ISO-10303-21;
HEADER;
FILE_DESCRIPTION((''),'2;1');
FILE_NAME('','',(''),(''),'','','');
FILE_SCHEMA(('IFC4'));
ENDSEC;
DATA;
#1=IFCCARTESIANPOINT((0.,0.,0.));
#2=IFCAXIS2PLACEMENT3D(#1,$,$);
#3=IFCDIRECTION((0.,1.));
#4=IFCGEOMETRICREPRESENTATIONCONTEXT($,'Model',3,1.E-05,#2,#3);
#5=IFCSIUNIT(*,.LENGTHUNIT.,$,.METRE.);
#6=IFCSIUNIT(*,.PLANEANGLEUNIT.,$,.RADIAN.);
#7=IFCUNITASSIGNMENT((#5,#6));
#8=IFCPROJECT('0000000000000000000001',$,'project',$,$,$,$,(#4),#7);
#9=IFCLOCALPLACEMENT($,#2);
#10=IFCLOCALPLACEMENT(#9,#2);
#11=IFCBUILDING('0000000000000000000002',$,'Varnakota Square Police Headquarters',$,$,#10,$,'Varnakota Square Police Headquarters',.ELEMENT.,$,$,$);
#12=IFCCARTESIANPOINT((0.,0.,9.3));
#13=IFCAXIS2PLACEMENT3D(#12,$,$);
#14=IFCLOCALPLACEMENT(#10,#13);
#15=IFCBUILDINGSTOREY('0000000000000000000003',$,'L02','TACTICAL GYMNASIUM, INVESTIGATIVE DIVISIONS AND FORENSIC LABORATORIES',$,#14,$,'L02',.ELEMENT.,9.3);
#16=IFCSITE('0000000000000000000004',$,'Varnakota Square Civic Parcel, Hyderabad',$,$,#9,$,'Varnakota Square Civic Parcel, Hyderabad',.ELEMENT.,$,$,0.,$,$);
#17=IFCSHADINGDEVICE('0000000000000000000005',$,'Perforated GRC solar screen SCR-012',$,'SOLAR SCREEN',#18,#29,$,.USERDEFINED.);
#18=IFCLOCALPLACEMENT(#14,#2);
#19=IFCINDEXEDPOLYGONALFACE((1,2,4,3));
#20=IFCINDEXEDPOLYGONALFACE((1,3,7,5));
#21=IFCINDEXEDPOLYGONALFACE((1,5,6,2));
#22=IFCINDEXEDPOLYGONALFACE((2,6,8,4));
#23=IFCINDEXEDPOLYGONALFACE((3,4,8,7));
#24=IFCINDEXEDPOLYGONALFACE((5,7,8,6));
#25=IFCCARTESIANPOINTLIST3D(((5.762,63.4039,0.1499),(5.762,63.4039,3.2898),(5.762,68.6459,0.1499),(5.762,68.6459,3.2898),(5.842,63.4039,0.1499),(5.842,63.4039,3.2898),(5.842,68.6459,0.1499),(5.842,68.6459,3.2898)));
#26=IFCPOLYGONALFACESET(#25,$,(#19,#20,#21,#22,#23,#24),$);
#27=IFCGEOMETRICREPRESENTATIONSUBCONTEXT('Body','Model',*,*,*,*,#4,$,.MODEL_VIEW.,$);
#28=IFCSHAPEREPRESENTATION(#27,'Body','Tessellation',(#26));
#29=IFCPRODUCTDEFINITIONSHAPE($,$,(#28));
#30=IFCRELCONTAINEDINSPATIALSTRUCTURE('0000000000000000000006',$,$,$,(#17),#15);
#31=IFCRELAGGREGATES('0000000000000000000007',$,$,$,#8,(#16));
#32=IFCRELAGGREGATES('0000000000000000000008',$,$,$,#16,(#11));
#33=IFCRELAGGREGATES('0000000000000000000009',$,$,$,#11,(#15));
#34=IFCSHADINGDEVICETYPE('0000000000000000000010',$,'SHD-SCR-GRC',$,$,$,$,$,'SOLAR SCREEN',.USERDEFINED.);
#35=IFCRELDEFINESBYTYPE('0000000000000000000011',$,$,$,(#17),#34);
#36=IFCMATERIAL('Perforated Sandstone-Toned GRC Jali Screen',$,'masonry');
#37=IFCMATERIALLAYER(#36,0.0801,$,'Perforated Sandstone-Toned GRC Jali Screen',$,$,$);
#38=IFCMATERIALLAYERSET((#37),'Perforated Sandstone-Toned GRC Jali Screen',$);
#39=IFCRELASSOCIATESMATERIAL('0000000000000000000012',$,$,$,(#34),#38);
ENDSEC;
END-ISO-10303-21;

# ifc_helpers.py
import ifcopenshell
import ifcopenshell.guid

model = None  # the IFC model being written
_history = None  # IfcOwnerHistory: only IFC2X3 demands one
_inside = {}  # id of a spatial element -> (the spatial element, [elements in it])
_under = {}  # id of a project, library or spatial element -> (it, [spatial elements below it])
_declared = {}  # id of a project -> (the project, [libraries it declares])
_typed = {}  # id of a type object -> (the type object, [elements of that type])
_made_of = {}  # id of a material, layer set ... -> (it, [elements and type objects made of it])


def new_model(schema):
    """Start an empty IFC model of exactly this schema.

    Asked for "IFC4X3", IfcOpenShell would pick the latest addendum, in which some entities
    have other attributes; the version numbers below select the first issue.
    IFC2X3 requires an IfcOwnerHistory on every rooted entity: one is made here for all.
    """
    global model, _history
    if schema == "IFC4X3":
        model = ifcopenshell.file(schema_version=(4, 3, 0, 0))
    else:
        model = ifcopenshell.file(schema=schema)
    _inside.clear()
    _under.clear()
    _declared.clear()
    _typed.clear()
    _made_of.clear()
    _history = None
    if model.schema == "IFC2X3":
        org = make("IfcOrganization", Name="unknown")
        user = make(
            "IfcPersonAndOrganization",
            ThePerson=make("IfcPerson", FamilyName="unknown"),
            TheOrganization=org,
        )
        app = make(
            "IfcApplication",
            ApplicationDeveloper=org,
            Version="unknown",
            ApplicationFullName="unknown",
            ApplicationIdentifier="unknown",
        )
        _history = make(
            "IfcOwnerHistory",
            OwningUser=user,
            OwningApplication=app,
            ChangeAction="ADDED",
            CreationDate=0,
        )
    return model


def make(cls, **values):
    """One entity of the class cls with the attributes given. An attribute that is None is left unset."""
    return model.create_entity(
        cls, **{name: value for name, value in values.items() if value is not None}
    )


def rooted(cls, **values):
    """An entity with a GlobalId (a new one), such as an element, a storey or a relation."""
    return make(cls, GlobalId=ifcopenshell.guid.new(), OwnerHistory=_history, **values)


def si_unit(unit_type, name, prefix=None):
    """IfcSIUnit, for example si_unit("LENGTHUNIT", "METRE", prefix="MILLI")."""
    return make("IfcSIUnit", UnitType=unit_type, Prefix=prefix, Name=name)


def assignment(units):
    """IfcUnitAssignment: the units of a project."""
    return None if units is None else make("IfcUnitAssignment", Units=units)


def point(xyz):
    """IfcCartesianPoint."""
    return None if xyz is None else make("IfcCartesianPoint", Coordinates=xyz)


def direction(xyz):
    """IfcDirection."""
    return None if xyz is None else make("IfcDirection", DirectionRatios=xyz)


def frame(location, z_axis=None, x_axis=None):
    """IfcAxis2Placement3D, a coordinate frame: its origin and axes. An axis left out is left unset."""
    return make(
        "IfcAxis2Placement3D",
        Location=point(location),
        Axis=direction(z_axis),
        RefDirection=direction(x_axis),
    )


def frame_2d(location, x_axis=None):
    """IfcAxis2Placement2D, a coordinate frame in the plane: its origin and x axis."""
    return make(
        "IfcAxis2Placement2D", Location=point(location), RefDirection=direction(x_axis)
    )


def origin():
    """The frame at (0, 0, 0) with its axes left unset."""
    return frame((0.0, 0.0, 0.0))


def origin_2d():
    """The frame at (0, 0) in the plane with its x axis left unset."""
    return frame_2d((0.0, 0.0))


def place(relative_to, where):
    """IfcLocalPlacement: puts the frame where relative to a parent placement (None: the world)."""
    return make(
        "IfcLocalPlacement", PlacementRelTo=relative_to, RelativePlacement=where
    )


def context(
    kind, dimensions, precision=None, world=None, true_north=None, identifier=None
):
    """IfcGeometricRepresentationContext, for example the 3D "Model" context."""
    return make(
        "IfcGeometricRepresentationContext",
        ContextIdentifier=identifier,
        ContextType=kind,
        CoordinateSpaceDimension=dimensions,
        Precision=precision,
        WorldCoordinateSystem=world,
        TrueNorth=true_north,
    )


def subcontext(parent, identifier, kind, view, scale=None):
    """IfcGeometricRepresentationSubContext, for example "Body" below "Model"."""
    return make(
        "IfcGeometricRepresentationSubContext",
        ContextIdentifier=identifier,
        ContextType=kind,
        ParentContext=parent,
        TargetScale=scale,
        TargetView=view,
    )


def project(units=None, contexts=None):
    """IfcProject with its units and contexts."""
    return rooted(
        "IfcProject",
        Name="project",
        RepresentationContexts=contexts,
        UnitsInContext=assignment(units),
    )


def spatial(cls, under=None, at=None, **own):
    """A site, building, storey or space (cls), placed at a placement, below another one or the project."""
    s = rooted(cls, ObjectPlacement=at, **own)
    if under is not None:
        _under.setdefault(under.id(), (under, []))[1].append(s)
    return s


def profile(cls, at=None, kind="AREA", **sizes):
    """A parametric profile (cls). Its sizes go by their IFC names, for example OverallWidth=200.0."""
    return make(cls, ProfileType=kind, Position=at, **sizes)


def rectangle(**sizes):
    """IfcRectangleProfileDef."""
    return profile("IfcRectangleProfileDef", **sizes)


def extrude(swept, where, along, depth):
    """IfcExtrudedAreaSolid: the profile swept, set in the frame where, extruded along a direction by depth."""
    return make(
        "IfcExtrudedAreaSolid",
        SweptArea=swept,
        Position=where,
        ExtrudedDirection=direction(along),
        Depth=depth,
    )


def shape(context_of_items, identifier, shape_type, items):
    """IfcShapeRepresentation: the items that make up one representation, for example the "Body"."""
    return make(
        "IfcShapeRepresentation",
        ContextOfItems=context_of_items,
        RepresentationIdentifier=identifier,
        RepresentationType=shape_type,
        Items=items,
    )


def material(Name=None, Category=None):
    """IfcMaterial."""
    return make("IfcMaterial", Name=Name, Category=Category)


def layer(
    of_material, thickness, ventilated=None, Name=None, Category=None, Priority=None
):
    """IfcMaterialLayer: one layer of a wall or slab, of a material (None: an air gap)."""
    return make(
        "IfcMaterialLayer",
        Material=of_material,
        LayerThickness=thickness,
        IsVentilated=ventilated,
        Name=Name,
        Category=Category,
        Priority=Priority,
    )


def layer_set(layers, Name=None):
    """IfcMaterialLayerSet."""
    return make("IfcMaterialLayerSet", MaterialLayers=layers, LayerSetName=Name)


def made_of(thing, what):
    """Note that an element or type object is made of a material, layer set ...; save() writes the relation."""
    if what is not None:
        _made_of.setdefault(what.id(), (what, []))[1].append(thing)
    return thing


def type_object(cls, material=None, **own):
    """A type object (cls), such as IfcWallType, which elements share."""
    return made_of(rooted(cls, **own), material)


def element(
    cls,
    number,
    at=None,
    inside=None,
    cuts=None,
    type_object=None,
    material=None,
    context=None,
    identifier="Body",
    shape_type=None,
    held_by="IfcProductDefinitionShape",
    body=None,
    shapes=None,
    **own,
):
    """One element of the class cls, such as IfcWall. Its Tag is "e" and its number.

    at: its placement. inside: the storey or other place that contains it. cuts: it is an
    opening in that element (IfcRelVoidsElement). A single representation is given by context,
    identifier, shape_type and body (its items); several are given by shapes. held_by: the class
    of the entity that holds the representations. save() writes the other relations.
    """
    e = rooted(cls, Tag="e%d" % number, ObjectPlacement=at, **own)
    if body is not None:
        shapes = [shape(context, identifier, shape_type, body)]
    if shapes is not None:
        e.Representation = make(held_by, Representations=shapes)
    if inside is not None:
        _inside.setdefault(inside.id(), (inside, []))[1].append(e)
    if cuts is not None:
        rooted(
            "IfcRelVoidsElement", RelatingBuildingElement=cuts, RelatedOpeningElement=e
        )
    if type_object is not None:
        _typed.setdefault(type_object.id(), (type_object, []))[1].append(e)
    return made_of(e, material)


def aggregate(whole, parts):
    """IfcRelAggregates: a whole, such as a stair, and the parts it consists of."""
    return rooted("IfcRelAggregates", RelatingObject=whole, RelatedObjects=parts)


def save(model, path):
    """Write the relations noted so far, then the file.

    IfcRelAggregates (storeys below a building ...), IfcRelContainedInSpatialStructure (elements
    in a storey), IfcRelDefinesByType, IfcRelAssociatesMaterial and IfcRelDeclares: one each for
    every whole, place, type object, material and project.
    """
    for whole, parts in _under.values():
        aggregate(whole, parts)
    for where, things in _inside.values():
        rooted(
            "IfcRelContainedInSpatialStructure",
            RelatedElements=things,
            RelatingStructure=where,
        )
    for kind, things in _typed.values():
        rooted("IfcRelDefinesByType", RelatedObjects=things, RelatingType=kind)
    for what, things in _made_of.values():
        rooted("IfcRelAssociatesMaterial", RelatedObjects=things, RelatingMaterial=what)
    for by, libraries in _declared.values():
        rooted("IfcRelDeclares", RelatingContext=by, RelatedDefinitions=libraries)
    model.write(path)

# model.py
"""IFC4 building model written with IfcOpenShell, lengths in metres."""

from ifc_helpers import new_model, si_unit, direction, frame, origin, origin_2d, place, context, subcontext, project, spatial, rectangle, extrude, material, layer, layer_set, type_object, element, save


model = new_model("IFC4")

# Units and contexts
model_context = context("Model", 3, precision=1e-05, world=origin(), true_north=direction((0.0, 1.0)))
body_context = subcontext(model_context, "Body", "Model", "MODEL_VIEW")
ifc_project = project(units=[si_unit("LENGTHUNIT", "METRE"), si_unit("PLANEANGLEUNIT", "RADIAN")], contexts=[model_context])

# Site, building, storey
site_placement = place(None, origin())
site = spatial("IfcSite", under=ifc_project, at=site_placement, Name="Varnakota Square Civic Parcel, Hyderabad", LongName="Varnakota Square Civic Parcel, Hyderabad", CompositionType="ELEMENT", RefElevation=0.0)
building_placement = place(site_placement, origin())
building = spatial("IfcBuilding", under=site, at=building_placement, Name="Varnakota Square Police Headquarters", LongName="Varnakota Square Police Headquarters", CompositionType="ELEMENT")
storey_placement = place(building_placement, frame((0.0, 0.0, 9.3)))
storey = spatial("IfcBuildingStorey", under=building, at=storey_placement, Name="L02", Description="TACTICAL GYMNASIUM, INVESTIGATIVE DIVISIONS AND FORENSIC LABORATORIES", LongName="L02", CompositionType="ELEMENT", Elevation=9.3)

# Shading device
ifc_material_1 = material(Name="Perforated Sandstone-Toned GRC Jali Screen", Category="masonry")
ifc_layer_1 = layer(ifc_material_1, 0.0801, Name="Perforated Sandstone-Toned GRC Jali Screen")
ifc_layer_set_1 = layer_set([ifc_layer_1], Name="Perforated Sandstone-Toned GRC Jali Screen")
shading_device_type = type_object("IfcShadingDeviceType", Name="SHD-SCR-GRC", ElementType="SOLAR SCREEN", PredefinedType="USERDEFINED", material=ifc_layer_set_1)
shading_device_placement = place(storey_placement, frame((5.802, 66.0249, 0.1499), z_axis=(0.0, 0.0, 1.0), x_axis=(0.0, 1.0, 0.0)))
element("IfcShadingDevice", 1, at=shading_device_placement, inside=storey, type_object=shading_device_type, Name="Perforated GRC solar screen SCR-012", ObjectType="SOLAR SCREEN", PredefinedType="USERDEFINED", context=body_context, shape_type="SweptSolid", body=[
    extrude(rectangle(XDim=5.2419, YDim=0.0801, at=origin_2d()), origin(), (0.0, 0.0, 1.0), 3.1399),
])

save(model, "model.ifc")
